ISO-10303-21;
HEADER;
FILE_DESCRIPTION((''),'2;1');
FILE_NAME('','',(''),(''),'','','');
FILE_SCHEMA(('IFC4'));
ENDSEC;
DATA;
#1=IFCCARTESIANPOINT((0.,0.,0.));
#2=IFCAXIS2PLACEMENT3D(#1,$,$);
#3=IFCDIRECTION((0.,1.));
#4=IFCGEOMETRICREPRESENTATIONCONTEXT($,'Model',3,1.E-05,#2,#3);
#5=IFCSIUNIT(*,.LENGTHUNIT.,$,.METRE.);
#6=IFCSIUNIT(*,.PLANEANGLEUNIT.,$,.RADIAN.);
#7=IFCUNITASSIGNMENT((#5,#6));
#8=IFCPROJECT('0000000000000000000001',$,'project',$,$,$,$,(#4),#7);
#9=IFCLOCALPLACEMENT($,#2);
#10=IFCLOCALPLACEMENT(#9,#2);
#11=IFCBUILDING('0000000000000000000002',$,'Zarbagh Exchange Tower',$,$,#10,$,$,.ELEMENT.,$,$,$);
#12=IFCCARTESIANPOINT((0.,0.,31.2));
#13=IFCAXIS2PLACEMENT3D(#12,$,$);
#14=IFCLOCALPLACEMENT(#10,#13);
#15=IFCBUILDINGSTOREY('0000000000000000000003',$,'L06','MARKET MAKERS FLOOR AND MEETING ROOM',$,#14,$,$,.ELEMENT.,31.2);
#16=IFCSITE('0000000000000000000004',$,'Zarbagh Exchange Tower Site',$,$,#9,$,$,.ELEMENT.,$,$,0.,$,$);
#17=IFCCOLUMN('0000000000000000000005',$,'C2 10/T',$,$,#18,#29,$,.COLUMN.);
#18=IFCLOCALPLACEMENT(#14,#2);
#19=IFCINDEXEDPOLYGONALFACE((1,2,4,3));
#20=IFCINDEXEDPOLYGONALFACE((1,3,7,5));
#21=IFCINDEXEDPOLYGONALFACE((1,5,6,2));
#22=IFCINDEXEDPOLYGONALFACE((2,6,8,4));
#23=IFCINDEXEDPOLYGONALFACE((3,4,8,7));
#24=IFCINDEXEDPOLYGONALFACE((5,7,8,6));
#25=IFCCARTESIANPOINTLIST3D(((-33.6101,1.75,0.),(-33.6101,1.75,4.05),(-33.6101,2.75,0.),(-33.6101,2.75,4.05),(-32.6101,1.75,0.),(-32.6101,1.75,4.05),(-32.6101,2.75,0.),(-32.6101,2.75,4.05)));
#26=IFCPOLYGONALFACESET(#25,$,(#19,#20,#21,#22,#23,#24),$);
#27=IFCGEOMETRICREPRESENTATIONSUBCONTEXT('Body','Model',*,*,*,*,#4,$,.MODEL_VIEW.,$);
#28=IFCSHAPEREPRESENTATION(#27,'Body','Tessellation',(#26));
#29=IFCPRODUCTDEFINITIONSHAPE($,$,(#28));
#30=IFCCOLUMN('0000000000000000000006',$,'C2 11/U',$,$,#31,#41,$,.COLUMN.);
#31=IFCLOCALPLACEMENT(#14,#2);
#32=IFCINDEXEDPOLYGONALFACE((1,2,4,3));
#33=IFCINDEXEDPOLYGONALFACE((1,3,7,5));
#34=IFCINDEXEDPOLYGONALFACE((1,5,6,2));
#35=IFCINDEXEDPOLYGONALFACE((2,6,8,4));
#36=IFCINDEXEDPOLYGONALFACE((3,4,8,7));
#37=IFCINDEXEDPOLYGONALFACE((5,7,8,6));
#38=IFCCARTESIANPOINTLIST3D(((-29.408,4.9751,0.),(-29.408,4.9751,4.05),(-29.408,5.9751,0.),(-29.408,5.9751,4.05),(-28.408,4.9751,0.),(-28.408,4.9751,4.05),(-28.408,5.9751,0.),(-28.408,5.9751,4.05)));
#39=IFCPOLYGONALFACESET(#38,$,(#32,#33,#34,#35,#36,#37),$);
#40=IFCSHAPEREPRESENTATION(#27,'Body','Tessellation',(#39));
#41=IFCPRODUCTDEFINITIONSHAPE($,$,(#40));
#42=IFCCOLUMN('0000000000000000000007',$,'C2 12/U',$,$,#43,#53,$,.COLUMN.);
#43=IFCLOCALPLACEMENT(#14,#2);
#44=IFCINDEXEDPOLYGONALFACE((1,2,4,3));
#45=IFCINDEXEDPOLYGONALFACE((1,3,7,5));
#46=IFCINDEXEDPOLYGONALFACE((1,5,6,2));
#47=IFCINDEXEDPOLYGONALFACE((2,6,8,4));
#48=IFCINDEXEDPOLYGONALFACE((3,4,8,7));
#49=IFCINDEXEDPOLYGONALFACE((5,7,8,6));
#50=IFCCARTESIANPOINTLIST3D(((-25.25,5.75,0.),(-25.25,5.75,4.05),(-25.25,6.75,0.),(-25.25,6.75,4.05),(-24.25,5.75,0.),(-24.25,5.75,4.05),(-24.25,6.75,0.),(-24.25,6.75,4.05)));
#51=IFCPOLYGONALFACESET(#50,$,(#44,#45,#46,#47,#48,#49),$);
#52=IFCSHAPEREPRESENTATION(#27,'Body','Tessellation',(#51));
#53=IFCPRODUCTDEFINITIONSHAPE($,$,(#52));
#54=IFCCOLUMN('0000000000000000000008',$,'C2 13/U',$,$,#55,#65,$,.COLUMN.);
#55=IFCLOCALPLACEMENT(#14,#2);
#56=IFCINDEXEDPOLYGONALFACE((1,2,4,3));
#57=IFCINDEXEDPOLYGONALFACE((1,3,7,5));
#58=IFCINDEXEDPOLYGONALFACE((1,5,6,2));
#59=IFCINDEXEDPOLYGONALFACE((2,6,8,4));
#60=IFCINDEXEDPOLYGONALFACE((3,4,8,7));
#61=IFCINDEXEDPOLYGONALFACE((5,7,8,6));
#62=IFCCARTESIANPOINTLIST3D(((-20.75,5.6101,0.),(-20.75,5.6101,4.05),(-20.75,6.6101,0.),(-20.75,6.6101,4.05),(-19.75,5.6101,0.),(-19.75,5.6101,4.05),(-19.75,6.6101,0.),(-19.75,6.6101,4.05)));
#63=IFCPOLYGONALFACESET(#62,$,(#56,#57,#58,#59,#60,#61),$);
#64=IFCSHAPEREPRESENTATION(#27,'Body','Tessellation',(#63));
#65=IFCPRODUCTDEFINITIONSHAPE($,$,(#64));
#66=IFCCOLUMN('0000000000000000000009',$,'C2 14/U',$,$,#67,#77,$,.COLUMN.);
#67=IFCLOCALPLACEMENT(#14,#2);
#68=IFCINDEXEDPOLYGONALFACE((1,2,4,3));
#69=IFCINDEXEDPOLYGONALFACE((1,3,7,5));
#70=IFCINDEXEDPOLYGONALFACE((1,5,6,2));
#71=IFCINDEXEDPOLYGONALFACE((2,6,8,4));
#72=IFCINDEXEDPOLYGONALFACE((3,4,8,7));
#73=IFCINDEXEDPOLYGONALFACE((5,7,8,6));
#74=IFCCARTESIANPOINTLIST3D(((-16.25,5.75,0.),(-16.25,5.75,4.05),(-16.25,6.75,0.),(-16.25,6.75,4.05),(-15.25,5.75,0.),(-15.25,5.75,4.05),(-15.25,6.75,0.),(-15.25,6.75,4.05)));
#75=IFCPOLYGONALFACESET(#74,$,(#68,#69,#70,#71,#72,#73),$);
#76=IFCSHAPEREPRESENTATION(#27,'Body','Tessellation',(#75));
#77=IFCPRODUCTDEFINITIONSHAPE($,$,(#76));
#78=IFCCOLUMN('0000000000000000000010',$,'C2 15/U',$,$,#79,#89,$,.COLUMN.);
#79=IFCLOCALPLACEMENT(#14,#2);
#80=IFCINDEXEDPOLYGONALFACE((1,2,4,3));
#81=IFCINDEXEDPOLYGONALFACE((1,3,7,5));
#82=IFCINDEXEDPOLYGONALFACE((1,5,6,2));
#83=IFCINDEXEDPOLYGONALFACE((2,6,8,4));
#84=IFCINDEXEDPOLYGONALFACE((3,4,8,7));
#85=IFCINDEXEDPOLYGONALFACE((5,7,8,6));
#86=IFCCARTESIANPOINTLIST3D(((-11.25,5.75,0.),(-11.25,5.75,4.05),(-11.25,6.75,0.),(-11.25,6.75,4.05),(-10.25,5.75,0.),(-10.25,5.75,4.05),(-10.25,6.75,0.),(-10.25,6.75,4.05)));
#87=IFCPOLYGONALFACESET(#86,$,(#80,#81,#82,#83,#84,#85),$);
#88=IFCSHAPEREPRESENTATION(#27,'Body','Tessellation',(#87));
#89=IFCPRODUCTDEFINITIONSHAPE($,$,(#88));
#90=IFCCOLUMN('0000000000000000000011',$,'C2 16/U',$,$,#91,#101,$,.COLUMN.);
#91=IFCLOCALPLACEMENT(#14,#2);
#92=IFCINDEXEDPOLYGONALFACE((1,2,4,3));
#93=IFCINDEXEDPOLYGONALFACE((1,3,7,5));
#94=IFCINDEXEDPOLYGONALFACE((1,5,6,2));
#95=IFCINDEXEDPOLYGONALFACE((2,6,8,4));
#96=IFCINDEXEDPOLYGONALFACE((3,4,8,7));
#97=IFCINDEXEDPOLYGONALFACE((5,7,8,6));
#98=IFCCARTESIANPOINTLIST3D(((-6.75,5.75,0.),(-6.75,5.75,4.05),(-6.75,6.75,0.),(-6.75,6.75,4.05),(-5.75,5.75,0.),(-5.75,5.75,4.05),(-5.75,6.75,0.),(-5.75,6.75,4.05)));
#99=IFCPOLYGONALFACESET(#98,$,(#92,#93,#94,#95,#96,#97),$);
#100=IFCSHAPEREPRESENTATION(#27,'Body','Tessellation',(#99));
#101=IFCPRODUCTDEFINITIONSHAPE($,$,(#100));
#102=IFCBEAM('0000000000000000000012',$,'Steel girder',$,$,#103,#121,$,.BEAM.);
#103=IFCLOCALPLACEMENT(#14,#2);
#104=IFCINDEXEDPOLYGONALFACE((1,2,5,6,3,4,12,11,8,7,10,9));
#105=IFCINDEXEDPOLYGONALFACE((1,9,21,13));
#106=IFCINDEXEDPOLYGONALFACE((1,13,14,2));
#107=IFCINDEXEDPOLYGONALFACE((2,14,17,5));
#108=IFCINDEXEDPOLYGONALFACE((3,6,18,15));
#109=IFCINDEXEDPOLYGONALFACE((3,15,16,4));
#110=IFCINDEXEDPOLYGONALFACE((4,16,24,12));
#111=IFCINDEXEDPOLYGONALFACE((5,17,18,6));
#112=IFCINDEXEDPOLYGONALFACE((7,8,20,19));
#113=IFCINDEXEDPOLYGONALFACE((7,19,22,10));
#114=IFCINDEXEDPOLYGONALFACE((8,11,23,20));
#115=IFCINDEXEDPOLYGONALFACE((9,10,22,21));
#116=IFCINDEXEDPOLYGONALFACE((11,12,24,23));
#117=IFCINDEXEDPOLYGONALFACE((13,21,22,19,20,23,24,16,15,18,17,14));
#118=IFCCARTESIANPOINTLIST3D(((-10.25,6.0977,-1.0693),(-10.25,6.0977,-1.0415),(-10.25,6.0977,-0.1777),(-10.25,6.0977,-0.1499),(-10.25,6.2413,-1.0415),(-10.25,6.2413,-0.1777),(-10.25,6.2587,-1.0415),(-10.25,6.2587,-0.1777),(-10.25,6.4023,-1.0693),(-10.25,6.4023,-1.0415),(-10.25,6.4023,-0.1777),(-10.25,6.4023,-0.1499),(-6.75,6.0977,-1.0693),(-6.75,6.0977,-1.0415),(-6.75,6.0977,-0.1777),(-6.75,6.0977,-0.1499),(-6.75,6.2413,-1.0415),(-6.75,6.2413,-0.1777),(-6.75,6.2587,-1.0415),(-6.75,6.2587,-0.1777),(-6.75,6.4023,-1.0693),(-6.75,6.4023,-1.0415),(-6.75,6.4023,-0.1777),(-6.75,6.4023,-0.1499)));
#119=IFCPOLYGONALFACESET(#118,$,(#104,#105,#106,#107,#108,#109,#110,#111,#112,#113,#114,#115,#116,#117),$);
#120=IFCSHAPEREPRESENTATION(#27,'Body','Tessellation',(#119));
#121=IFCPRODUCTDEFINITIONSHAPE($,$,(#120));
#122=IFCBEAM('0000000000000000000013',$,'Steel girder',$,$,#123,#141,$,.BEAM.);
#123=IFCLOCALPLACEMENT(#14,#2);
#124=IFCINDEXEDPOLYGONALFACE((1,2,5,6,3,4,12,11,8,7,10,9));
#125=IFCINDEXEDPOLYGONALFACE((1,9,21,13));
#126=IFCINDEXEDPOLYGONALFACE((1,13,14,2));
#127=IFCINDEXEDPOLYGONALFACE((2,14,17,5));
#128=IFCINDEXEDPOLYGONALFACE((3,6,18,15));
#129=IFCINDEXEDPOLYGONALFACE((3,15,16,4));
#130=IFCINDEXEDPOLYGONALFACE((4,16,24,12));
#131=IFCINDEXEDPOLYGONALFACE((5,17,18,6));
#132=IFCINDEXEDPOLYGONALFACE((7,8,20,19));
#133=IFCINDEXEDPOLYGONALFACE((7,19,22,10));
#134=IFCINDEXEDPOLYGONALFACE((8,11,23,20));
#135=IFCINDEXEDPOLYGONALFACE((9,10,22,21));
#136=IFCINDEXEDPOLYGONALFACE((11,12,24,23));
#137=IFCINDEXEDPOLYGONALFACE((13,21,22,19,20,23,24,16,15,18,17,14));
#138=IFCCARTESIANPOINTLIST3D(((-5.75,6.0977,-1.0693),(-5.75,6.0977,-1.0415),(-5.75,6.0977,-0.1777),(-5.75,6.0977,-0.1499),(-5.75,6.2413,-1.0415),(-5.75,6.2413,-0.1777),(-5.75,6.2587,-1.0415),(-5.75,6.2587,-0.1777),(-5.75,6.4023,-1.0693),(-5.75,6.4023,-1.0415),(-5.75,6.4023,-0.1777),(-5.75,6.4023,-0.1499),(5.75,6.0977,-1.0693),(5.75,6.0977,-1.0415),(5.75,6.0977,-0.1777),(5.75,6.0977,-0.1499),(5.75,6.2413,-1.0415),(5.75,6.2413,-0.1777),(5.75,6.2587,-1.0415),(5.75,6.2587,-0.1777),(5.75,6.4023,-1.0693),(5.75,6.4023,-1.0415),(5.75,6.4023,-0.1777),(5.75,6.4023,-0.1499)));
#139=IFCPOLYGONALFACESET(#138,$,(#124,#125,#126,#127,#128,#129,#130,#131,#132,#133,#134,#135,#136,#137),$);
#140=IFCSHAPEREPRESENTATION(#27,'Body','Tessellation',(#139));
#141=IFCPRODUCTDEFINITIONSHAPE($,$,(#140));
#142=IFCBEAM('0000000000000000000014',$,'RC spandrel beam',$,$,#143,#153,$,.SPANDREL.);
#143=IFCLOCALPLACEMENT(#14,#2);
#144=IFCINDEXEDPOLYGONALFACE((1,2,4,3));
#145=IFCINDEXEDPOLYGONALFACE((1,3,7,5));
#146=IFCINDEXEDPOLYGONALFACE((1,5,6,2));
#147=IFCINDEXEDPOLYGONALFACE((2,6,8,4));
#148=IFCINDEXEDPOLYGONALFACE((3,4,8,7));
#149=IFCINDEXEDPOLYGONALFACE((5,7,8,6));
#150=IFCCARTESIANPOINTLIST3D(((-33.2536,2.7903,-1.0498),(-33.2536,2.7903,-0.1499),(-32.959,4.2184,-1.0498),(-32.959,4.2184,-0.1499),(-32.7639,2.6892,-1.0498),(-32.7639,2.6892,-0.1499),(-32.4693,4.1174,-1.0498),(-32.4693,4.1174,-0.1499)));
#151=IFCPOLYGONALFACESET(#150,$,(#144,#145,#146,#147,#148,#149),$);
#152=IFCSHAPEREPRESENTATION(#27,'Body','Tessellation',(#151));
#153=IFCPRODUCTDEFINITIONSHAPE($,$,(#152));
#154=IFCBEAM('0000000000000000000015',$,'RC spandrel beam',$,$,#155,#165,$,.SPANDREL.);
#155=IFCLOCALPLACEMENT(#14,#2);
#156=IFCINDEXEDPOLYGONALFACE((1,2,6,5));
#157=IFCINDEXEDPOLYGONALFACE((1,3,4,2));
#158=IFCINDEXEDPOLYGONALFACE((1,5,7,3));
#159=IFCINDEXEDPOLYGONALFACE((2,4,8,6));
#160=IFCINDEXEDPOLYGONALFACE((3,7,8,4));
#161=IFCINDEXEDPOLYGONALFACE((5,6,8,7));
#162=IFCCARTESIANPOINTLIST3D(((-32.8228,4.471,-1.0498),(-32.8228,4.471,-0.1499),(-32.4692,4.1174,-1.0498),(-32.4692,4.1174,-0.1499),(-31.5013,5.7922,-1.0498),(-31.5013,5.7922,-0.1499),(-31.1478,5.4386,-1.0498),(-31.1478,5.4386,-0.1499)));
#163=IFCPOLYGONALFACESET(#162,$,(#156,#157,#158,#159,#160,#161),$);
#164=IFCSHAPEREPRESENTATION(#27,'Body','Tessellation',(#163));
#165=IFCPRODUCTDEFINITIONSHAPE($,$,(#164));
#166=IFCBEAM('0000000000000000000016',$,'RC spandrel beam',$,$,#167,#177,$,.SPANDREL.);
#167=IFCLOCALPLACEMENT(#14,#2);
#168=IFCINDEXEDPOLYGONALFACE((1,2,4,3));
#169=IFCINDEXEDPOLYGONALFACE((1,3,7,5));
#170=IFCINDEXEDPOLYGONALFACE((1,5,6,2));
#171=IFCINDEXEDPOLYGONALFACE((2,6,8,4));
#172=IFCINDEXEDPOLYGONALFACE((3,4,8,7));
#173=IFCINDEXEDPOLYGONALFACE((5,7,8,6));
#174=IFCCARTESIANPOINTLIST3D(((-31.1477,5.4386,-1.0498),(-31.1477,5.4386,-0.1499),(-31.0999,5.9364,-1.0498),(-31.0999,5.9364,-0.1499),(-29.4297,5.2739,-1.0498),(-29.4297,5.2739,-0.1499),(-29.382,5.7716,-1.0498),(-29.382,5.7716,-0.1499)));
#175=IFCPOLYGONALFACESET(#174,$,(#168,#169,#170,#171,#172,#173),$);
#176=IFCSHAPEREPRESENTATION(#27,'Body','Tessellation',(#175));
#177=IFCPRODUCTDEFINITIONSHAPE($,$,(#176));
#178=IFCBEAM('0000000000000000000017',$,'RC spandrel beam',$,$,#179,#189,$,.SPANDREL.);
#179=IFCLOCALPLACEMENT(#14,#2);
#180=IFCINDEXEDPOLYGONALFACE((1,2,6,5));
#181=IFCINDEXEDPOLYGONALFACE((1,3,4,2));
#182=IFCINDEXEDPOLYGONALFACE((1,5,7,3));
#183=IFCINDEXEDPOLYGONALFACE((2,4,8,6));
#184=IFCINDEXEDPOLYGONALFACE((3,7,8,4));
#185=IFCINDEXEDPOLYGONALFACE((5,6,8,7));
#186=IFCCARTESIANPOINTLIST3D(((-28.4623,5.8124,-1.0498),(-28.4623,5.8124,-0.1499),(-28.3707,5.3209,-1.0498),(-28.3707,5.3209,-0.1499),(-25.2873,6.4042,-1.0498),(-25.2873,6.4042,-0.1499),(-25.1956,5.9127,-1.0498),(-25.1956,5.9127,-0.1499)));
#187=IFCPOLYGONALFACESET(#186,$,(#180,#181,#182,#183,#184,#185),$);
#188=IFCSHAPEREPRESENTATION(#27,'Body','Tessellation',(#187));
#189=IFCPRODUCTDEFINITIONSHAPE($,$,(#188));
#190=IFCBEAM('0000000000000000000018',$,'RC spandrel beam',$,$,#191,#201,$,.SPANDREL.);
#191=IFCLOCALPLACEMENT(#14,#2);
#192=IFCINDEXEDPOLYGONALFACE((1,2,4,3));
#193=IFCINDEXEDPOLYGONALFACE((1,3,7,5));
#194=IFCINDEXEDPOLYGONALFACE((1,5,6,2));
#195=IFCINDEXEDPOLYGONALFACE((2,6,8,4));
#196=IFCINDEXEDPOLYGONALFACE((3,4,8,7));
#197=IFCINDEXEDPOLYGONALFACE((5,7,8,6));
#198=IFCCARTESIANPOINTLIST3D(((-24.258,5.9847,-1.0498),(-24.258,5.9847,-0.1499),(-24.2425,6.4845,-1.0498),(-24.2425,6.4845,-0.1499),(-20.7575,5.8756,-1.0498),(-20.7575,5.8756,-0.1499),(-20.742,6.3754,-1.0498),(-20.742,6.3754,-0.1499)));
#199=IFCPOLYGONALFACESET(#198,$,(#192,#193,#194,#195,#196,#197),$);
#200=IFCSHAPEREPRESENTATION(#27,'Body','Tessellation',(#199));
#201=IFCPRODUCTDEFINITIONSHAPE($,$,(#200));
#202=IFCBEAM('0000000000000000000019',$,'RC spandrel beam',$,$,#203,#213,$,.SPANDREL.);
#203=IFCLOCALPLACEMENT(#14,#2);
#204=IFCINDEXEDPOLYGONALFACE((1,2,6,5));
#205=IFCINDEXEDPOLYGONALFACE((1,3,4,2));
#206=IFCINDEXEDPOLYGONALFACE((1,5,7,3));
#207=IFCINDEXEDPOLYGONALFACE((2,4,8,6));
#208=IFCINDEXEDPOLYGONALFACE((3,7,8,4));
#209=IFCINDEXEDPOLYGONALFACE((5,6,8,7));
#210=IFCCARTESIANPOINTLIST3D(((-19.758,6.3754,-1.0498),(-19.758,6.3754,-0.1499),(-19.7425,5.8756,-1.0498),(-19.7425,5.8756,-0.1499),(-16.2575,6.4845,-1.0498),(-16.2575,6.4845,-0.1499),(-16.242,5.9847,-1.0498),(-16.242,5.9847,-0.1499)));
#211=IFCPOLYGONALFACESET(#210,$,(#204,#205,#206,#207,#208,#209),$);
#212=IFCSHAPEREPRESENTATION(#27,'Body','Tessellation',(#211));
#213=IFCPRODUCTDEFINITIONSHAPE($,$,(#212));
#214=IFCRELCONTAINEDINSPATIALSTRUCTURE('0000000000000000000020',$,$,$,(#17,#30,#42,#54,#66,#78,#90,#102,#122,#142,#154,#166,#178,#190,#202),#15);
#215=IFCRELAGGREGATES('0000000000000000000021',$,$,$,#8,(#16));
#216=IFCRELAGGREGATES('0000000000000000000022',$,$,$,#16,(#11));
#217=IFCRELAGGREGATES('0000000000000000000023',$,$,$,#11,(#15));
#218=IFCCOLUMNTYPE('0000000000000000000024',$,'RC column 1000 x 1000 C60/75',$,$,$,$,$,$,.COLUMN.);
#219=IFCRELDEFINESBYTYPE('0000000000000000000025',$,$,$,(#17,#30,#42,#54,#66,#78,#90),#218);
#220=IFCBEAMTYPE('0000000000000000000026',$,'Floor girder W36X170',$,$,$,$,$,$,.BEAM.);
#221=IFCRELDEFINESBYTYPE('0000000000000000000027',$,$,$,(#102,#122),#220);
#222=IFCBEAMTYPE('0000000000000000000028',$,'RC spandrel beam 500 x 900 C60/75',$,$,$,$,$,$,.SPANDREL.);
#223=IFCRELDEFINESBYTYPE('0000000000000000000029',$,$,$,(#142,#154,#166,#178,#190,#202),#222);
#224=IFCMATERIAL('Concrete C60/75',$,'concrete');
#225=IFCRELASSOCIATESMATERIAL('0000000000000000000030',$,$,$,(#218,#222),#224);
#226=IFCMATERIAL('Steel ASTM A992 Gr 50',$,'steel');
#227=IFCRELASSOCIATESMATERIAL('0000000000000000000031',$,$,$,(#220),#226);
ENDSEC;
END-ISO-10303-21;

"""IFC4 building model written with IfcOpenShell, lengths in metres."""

from ifc_helpers import new_model, si_unit, direction, frame, origin, origin_2d, place, context, subcontext, project, spatial, rectangle, i_section, extrude, material, material_profile, profile_set, type_object, element, save


model = new_model("IFC4")

# Units and contexts
model_context = context("Model", 3, precision=1e-05, world=origin(), true_north=direction((0.0, 1.0)))
body_context = subcontext(model_context, "Body", "Model", "MODEL_VIEW")
ifc_project = project(units=[si_unit("LENGTHUNIT", "METRE"), si_unit("PLANEANGLEUNIT", "RADIAN")], contexts=[model_context])

# Site, building, storey
site_placement = place(None, origin())
site = spatial("IfcSite", under=ifc_project, at=site_placement, Name="Zarbagh Exchange Tower Site", CompositionType="ELEMENT", RefElevation=0.0)
building_placement = place(site_placement, origin())
building = spatial("IfcBuilding", under=site, at=building_placement, Name="Zarbagh Exchange Tower", CompositionType="ELEMENT")
storey_placement = place(building_placement, frame((0.0, 0.0, 31.2)))
storey = spatial("IfcBuildingStorey", under=building, at=storey_placement, Name="L06", Description="MARKET MAKERS FLOOR AND MEETING ROOM", CompositionType="ELEMENT", Elevation=31.2)

# Columns
ifc_material_1 = material(Name="Concrete C60/75", Category="concrete")
ifc_material_profile_1 = material_profile(ifc_material_1, rectangle(XDim=1.0, YDim=1.0, at=origin_2d()), Name="RC column 1000 x 1000 C60/75")
ifc_profile_set_1 = profile_set([ifc_material_profile_1], Name="Concrete C60/75")
column_type = type_object("IfcColumnType", Name="RC column 1000 x 1000 C60/75", PredefinedType="COLUMN", material=ifc_profile_set_1)
for number, where, z_axis, x_axis, name in (
    (1, (-33.1101, 2.25, 0.0), (0.0, 0.0, 1.0), (1.0, 0.0, 0.0), "C2 10/T"),
    (2, (-28.908, 5.4751, 0.0), (0.0, 0.0, 1.0), (1.0, 0.0, 0.0), "C2 11/U"),
    (3, (-24.75, 6.25, 0.0), (0.0, 0.0, 1.0), (1.0, 0.0, 0.0), "C2 12/U"),
    (4, (-20.25, 6.1101, 0.0), (0.0, 0.0, 1.0), (1.0, 0.0, 0.0), "C2 13/U"),
    (5, (-15.75, 6.25, 0.0), (0.0, 0.0, 1.0), (1.0, 0.0, 0.0), "C2 14/U"),
    (6, (-10.75, 6.25, 0.0), (0.0, 0.0, 1.0), (1.0, 0.0, 0.0), "C2 15/U"),
    (7, (-6.25, 6.25, 0.0), (0.0, 0.0, 1.0), (1.0, 0.0, 0.0), "C2 16/U"),
):
    element("IfcColumn", number, at=place(storey_placement, frame(where, z_axis=z_axis, x_axis=x_axis)), inside=storey, type_object=column_type, Name=name, PredefinedType="COLUMN", context=body_context, shape_type="SweptSolid", body=[
        extrude(rectangle(XDim=1.0, YDim=1.0, at=origin_2d()), origin(), (0.0, 0.0, 1.0), 4.05),
    ])

# Beams
ifc_material_2 = material(Name="Steel ASTM A992 Gr 50", Category="steel")
ifc_material_profile_2 = material_profile(ifc_material_2, i_section(OverallWidth=0.3047, OverallDepth=0.9194, WebThickness=0.0173, FlangeThickness=0.0278, at=origin_2d()), Name="W36X170")
ifc_profile_set_2 = profile_set([ifc_material_profile_2], Name="Steel ASTM A992 Gr 50")
beam_type_1 = type_object("IfcBeamType", Name="Floor girder W36X170", PredefinedType="BEAM", material=ifc_profile_set_2)
beam_1_placement = place(storey_placement, frame((-10.25, 6.25, -0.6096), z_axis=(1.0, 0.0, 0.0), x_axis=(0.0, 1.0, 0.0)))
element("IfcBeam", 8, at=beam_1_placement, inside=storey, type_object=beam_type_1, Name="Steel girder", PredefinedType="BEAM", context=body_context, shape_type="SweptSolid", body=[
    extrude(i_section(OverallWidth=0.3047, OverallDepth=0.9194, WebThickness=0.0173, FlangeThickness=0.0278, at=origin_2d()), origin(), (0.0, 0.0, 1.0), 3.5),
])
beam_2_placement = place(storey_placement, frame((-5.75, 6.25, -0.6096), z_axis=(1.0, 0.0, 0.0), x_axis=(0.0, 1.0, 0.0)))
element("IfcBeam", 9, at=beam_2_placement, inside=storey, type_object=beam_type_1, Name="Steel girder", PredefinedType="BEAM", context=body_context, shape_type="SweptSolid", body=[
    extrude(i_section(OverallWidth=0.3047, OverallDepth=0.9194, WebThickness=0.0173, FlangeThickness=0.0278, at=origin_2d()), origin(), (0.0, 0.0, 1.0), 11.5),
])
ifc_material_profile_3 = material_profile(ifc_material_1, rectangle(XDim=0.5, YDim=0.8999, at=origin_2d()), Name="RC spandrel beam 500 x 900 C60/75")
ifc_profile_set_3 = profile_set([ifc_material_profile_3], Name="Concrete C60/75")
beam_type_2 = type_object("IfcBeamType", Name="RC spandrel beam 500 x 900 C60/75", PredefinedType="SPANDREL", material=ifc_profile_set_3)
beam_3_placement = place(storey_placement, frame((-33.0088, 2.7397, -0.5999), z_axis=(0.202069, 0.979371, 0.0), x_axis=(-0.979371, 0.202069, 0.0)))
element("IfcBeam", 10, at=beam_3_placement, inside=storey, type_object=beam_type_2, Name="RC spandrel beam", PredefinedType="SPANDREL", context=body_context, shape_type="SweptSolid", body=[
    extrude(rectangle(XDim=0.5, YDim=0.8999, at=origin_2d()), origin(), (0.0, 0.0, 1.0), 1.4583),
])
beam_4_placement = place(storey_placement, frame((-32.646, 4.2942, -0.5999), z_axis=(0.707172, 0.707041, 0.0), x_axis=(-0.707041, 0.707172, 0.0)))
element("IfcBeam", 11, at=beam_4_placement, inside=storey, type_object=beam_type_2, Name="RC spandrel beam", PredefinedType="SPANDREL", context=body_context, shape_type="SweptSolid", body=[
    extrude(rectangle(XDim=0.5, YDim=0.8999, at=origin_2d()), origin(), (0.0, 0.0, 1.0), 1.8687),
])
beam_5_placement = place(storey_placement, frame((-31.1238, 5.6875, -0.5999), z_axis=(0.995431, -0.095483, 0.0), x_axis=(0.095483, 0.995431, 0.0)))
element("IfcBeam", 12, at=beam_5_placement, inside=storey, type_object=beam_type_2, Name="RC spandrel beam", PredefinedType="SPANDREL", context=body_context, shape_type="SweptSolid", body=[
    extrude(rectangle(XDim=0.5, YDim=0.8999, at=origin_2d()), origin(), (0.0, 0.0, 1.0), 1.7258),
])
beam_6_placement = place(storey_placement, frame((-28.4165, 5.5667, -0.5999), z_axis=(0.983069, 0.183234, 0.0), x_axis=(-0.183234, 0.983069, 0.0)))
element("IfcBeam", 13, at=beam_6_placement, inside=storey, type_object=beam_type_2, Name="RC spandrel beam", PredefinedType="SPANDREL", context=body_context, shape_type="SweptSolid", body=[
    extrude(rectangle(XDim=0.5, YDim=0.8999, at=origin_2d()), origin(), (0.0, 0.0, 1.0), 3.2297),
])
for number, where, z_axis, x_axis, name in (
    (14, (-24.2502, 6.2346, -0.5999), (0.999514, -0.031161, 0.0), (0.031161, 0.999514, 0.0), "RC spandrel beam"),
    (15, (-19.7502, 6.1255, -0.5999), (0.999514, 0.031161, 0.0), (-0.031161, 0.999514, 0.0), "RC spandrel beam"),
):
    element("IfcBeam", number, at=place(storey_placement, frame(where, z_axis=z_axis, x_axis=x_axis)), inside=storey, type_object=beam_type_2, Name=name, PredefinedType="SPANDREL", context=body_context, shape_type="SweptSolid", body=[
        extrude(rectangle(XDim=0.5, YDim=0.8999, at=origin_2d()), origin(), (0.0, 0.0, 1.0), 3.5022),
    ])

save(model, "model.ifc")
